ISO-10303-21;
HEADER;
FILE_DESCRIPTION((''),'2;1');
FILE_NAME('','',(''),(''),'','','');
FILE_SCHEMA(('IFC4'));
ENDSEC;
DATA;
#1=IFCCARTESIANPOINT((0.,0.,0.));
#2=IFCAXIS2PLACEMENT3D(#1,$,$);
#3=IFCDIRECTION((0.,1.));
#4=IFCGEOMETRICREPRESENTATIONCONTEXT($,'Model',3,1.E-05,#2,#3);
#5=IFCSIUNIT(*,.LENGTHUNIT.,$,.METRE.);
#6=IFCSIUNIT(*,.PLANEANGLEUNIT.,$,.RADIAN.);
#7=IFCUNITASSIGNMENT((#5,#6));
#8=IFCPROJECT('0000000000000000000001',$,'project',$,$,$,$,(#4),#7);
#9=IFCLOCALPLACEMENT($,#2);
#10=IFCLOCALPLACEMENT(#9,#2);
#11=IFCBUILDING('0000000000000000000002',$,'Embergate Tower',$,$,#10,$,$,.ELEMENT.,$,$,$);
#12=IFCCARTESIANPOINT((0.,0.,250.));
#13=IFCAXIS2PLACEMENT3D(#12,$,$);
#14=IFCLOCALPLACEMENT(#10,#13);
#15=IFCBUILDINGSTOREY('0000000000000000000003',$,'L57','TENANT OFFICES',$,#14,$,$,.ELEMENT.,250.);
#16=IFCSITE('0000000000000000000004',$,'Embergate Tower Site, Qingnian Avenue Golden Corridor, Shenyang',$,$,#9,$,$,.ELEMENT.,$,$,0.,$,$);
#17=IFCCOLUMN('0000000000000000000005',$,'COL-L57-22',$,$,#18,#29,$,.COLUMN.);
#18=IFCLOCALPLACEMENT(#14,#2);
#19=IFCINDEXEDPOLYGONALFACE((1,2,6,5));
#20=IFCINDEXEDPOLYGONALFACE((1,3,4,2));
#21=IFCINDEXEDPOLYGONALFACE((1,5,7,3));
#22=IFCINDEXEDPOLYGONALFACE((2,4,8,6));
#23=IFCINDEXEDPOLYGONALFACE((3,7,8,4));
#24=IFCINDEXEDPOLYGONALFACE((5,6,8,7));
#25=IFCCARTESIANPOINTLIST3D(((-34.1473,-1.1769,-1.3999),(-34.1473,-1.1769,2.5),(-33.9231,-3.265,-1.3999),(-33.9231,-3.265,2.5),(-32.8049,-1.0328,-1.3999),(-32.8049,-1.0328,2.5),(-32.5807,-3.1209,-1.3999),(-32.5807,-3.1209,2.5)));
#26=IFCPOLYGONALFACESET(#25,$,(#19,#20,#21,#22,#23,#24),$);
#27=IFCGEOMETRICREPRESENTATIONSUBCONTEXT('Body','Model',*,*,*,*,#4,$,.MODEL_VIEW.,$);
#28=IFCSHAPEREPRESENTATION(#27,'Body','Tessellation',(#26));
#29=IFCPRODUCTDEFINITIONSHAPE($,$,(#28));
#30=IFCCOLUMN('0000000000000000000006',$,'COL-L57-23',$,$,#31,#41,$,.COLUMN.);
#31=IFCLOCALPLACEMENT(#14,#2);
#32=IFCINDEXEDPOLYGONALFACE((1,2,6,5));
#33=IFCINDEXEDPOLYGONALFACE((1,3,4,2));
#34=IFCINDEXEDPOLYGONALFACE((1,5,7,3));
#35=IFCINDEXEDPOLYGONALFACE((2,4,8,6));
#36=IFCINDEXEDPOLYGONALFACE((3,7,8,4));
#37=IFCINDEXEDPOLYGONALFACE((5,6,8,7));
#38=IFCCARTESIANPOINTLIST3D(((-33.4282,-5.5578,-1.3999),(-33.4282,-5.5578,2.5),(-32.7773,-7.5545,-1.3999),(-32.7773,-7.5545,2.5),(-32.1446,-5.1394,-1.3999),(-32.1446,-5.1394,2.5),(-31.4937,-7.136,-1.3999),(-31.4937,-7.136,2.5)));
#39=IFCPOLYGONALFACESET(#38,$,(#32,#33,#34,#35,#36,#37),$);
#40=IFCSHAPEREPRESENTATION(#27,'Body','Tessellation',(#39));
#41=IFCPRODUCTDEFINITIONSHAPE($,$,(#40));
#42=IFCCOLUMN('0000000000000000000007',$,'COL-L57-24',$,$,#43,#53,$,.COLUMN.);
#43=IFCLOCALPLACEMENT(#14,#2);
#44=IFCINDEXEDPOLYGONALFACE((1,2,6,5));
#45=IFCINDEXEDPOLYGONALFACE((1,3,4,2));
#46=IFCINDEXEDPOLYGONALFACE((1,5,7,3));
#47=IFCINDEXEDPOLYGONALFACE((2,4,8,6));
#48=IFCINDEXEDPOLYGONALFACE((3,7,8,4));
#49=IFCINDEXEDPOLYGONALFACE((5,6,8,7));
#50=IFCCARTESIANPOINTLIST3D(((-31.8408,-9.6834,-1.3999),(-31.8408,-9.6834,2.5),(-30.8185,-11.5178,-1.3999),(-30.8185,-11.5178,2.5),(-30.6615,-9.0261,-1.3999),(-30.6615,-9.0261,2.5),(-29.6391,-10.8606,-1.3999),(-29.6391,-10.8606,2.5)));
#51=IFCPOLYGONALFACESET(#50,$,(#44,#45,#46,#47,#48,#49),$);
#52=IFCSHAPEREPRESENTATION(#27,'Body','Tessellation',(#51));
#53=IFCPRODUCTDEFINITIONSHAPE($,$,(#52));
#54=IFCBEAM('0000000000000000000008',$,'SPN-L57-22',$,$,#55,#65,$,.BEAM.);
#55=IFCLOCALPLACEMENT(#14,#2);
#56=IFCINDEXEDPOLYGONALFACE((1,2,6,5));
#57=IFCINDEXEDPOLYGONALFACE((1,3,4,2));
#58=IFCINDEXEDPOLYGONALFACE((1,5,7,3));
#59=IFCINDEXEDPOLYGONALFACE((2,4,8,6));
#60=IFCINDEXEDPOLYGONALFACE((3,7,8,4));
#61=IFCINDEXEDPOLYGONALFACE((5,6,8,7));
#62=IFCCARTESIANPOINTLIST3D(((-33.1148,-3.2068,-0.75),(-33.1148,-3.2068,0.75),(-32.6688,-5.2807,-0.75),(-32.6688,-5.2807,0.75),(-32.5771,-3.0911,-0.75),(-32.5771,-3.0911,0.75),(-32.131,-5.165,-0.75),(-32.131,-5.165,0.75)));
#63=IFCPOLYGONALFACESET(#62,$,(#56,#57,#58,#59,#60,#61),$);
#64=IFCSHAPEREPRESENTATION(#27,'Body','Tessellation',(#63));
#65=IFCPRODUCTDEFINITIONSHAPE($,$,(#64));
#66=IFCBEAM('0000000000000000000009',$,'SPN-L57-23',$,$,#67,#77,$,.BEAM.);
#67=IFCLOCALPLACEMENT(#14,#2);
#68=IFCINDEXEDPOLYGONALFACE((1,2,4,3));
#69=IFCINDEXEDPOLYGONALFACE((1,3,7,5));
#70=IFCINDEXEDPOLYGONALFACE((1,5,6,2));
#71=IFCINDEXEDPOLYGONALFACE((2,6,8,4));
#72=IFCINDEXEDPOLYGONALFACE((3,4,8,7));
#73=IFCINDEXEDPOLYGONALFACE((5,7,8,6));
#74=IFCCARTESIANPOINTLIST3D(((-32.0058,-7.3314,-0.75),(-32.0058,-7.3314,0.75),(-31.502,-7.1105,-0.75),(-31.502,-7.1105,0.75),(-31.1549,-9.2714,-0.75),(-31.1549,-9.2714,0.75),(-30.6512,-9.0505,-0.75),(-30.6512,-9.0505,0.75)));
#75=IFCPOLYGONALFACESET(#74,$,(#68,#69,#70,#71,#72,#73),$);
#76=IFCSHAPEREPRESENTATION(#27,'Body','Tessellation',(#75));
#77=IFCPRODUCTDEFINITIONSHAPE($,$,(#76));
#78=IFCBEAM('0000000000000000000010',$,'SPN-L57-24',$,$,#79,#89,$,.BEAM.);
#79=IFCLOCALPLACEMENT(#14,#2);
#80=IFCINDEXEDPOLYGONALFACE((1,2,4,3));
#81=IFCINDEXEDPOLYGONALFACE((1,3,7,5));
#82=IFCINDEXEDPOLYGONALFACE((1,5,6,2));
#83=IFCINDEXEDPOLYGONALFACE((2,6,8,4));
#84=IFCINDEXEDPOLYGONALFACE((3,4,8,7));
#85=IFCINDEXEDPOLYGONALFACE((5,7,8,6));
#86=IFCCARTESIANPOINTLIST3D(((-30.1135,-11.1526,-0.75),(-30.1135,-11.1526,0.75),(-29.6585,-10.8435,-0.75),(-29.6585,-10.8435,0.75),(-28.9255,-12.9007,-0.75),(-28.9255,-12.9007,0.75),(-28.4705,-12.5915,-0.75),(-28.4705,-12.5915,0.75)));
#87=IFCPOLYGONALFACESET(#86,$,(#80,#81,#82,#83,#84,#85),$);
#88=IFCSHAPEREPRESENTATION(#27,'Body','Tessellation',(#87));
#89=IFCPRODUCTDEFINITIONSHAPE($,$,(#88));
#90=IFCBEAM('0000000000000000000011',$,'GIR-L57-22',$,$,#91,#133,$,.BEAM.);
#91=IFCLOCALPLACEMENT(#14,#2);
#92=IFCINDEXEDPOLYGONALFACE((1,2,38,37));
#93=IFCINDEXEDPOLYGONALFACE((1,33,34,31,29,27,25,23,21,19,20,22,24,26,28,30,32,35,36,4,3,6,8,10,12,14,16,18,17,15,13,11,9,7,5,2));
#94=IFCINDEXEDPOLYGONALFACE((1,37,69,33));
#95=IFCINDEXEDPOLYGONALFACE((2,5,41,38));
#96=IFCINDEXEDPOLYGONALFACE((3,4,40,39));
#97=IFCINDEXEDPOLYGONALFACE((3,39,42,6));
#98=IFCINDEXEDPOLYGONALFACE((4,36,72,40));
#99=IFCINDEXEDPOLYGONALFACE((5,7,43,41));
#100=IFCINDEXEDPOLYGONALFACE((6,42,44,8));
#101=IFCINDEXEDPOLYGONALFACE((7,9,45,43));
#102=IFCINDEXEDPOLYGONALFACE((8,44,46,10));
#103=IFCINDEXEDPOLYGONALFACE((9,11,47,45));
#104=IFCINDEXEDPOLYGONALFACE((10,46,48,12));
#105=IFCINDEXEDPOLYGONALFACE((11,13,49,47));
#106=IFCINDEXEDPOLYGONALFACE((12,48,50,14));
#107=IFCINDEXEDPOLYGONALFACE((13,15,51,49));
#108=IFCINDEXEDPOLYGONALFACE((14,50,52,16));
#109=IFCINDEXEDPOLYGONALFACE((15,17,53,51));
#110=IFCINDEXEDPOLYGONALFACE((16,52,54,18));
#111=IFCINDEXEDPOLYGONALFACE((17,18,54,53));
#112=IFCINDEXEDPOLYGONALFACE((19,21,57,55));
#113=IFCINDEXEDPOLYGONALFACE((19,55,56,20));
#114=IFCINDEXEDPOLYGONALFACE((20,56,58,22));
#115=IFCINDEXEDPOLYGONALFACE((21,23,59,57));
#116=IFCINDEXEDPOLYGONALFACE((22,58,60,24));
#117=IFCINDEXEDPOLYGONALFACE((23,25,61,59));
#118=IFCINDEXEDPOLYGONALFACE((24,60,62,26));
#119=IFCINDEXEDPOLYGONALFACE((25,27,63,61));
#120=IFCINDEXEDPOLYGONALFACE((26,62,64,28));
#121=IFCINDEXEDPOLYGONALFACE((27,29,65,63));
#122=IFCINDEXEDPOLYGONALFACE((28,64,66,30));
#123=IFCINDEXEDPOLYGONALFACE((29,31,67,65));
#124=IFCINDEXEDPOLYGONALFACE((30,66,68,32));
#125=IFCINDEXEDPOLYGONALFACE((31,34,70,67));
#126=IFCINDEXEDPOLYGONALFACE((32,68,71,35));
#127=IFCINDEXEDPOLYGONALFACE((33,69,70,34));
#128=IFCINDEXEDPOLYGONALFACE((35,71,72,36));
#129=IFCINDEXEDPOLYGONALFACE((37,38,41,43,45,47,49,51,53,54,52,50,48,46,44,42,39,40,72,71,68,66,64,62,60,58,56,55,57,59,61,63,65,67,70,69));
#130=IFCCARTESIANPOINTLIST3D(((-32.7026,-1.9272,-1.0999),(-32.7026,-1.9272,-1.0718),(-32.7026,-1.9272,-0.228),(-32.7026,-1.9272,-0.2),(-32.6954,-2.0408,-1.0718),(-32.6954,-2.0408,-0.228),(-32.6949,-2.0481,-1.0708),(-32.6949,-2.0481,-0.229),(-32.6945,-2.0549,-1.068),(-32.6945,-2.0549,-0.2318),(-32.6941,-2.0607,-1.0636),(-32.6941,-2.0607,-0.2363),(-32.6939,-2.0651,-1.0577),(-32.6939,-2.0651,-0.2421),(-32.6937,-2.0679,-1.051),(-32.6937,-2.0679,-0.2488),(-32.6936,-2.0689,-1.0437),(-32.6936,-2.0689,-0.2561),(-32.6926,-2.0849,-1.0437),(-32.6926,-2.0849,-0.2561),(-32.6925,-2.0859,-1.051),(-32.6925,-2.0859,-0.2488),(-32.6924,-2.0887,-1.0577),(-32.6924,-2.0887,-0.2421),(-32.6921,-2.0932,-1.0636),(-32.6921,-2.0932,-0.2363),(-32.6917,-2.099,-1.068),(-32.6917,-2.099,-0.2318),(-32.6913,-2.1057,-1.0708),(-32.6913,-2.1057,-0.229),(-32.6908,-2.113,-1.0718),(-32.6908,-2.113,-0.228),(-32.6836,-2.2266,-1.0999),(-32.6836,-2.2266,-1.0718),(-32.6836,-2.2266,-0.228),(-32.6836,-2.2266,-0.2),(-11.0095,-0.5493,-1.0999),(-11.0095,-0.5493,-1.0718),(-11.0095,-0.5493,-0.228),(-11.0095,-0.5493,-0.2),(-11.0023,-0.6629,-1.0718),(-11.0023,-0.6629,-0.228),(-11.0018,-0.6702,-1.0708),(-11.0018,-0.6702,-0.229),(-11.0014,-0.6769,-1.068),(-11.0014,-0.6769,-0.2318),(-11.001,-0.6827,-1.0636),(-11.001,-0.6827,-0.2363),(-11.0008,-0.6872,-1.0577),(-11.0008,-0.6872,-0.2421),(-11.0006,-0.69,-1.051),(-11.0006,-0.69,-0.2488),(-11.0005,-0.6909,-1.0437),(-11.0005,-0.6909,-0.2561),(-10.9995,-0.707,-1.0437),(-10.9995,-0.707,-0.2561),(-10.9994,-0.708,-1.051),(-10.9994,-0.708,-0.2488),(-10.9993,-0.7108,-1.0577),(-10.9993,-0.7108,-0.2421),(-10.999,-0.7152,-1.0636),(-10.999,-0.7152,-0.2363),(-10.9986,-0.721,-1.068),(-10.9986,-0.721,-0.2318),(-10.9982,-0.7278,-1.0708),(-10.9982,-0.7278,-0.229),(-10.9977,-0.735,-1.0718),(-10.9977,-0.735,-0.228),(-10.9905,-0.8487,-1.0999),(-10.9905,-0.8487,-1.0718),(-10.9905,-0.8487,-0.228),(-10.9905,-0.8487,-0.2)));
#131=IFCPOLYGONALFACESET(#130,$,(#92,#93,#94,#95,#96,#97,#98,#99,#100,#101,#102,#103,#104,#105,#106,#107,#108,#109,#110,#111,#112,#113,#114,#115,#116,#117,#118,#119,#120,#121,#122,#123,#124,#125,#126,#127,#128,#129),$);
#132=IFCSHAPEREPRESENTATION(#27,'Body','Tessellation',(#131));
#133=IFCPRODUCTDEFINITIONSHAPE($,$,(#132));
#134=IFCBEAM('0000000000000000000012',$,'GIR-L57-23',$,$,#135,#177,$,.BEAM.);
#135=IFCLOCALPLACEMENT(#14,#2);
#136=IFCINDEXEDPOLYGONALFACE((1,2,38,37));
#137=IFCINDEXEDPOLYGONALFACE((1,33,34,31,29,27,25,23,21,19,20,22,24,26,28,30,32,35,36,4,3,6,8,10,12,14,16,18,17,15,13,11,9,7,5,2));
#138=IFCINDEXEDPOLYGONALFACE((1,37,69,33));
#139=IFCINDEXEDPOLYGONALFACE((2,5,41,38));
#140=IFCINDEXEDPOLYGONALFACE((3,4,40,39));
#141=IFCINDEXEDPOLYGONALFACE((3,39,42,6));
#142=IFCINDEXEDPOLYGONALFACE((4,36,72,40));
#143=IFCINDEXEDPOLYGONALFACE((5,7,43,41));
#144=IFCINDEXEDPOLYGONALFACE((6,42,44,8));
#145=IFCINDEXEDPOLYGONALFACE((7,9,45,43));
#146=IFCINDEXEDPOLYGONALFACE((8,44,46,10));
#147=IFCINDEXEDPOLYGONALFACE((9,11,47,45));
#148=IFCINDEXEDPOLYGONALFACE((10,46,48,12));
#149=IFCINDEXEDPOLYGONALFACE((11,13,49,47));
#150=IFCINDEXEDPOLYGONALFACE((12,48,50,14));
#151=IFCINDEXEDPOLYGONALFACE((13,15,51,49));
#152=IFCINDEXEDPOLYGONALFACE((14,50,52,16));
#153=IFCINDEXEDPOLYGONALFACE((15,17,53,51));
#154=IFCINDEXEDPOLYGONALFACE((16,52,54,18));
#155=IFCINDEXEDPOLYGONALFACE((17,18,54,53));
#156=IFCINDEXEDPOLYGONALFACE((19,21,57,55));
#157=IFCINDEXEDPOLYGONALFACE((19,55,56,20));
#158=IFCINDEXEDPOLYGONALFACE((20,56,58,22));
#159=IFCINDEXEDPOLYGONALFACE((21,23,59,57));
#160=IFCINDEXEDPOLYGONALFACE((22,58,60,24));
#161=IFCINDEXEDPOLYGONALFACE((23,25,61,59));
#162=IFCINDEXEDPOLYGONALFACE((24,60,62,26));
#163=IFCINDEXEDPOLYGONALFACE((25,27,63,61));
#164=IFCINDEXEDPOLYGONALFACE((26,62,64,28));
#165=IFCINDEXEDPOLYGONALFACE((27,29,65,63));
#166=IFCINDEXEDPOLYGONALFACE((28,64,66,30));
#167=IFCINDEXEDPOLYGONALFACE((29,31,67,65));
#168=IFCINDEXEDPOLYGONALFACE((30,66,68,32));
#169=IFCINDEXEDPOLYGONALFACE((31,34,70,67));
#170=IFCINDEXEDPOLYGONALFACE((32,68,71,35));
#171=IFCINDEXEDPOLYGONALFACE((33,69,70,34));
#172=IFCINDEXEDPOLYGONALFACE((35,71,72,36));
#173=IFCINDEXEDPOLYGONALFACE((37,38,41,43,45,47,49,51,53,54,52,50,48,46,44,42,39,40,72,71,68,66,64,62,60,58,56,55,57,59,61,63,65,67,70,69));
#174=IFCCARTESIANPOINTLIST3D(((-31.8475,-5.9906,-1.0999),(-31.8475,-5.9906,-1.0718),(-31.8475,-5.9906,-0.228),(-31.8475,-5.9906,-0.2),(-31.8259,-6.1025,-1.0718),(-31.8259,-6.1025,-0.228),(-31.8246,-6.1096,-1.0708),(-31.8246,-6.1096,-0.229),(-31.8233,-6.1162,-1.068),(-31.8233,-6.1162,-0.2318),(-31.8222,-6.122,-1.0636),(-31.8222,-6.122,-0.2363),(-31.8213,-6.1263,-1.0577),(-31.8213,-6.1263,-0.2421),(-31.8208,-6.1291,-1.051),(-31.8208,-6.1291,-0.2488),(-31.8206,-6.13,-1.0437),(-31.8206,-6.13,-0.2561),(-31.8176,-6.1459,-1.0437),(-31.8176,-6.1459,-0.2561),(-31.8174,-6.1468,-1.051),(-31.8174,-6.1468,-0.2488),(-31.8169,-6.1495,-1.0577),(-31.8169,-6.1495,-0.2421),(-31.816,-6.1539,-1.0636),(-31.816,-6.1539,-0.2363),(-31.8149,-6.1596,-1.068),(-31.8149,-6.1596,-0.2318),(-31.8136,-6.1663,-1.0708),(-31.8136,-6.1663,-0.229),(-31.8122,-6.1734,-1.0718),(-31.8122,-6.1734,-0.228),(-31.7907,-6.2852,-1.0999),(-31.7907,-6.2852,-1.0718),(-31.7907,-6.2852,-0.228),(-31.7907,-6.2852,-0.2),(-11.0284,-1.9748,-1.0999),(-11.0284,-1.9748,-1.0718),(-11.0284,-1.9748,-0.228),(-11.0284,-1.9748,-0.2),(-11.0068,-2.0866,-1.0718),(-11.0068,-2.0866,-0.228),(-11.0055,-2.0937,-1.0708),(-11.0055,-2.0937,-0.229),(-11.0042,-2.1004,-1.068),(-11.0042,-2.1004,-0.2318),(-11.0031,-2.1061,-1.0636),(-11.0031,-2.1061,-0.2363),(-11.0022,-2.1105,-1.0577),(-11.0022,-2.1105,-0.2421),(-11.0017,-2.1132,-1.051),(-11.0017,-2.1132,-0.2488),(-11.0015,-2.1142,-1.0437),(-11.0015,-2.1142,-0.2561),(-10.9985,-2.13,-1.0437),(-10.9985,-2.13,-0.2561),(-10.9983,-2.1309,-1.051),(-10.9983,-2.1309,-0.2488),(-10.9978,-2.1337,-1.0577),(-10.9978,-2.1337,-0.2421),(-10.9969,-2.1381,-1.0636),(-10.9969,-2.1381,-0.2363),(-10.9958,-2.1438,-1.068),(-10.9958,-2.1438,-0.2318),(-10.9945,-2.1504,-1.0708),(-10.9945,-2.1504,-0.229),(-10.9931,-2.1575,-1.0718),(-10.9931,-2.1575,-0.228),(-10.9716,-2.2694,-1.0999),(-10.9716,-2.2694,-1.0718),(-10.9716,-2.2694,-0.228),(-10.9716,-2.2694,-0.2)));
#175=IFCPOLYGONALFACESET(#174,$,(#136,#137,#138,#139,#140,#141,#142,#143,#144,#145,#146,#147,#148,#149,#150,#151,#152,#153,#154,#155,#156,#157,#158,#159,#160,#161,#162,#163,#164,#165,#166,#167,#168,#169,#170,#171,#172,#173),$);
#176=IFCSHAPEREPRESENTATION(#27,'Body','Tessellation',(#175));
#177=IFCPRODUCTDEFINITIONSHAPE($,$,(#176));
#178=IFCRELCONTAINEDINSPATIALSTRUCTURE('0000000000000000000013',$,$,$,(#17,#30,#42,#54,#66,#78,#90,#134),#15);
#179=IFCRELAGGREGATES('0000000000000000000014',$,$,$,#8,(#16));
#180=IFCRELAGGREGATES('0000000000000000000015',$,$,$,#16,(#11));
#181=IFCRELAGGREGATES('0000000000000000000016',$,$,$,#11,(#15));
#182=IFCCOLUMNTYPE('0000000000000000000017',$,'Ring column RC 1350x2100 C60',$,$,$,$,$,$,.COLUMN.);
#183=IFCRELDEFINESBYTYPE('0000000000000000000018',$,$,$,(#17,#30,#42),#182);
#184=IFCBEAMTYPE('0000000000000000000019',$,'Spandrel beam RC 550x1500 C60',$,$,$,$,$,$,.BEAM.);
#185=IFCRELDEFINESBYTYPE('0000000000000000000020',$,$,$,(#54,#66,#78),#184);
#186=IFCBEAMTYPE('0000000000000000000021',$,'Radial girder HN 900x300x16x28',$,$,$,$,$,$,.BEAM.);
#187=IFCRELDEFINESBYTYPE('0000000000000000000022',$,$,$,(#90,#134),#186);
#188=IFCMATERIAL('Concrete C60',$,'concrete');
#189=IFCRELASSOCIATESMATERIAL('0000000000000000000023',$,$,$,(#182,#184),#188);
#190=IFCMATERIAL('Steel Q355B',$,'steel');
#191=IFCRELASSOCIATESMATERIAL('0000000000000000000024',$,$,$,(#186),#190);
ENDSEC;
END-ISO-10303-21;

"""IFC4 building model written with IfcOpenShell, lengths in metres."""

from ifc_helpers import new_model, si_unit, direction, frame, origin, origin_2d, place, context, subcontext, project, spatial, rectangle, i_section, extrude, source, transform, mapped, material, material_profile, profile_set, type_object, element, save


model = new_model("IFC4")

# Units and contexts
model_context = context("Model", 3, precision=1e-05, world=origin(), true_north=direction((0.0, 1.0)))
body_context = subcontext(model_context, "Body", "Model", "MODEL_VIEW")
ifc_project = project(units=[si_unit("LENGTHUNIT", "METRE"), si_unit("PLANEANGLEUNIT", "RADIAN")], contexts=[model_context])

# Site, building, storey
site_placement = place(None, origin())
site = spatial("IfcSite", under=ifc_project, at=site_placement, Name="Embergate Tower Site, Qingnian Avenue Golden Corridor, Shenyang", CompositionType="ELEMENT", RefElevation=0.0)
building_placement = place(site_placement, origin())
building = spatial("IfcBuilding", under=site, at=building_placement, Name="Embergate Tower", CompositionType="ELEMENT")
storey_placement = place(building_placement, frame((0.0, 0.0, 250.0)))
storey = spatial("IfcBuildingStorey", under=building, at=storey_placement, Name="L57", Description="TENANT OFFICES", CompositionType="ELEMENT", Elevation=250.0)

# Columns
ifc_material_1 = material(Name="Concrete C60", Category="concrete")
ifc_material_profile_1 = material_profile(ifc_material_1, rectangle(XDim=1.3501, YDim=2.1001, at=origin_2d()), Name="RC 1350x2100")
ifc_profile_set_1 = profile_set([ifc_material_profile_1], Name="Concrete C60")
column_type = type_object("IfcColumnType", Name="Ring column RC 1350x2100 C60", PredefinedType="COLUMN", material=ifc_profile_set_1)
shared_shape_1 = source(origin(), body_context, "Body", "SweptSolid", [
    extrude(rectangle(XDim=1.3501, YDim=2.1001, at=origin_2d()), origin(), (0.0, 0.0, 1.0), 3.8999),
])
for number, where, z_axis, x_axis, name in (
    (1, (-33.364, -2.1489, -1.3999), (0.0, 0.0, 1.0), (-0.994286, -0.10675, 0.0), "COL-L57-22"),
    (2, (-32.4609, -6.3469, -1.3999), (0.0, 0.0, 1.0), (-0.950754, -0.309946, 0.0), "COL-L57-23"),
    (3, (-30.74, -10.272, -1.3999), (0.0, 0.0, 1.0), (-0.8735, -0.486823, 0.0), "COL-L57-24"),
):
    element("IfcColumn", number, at=place(storey_placement, frame(where, z_axis=z_axis, x_axis=x_axis)), inside=storey, type_object=column_type, Name=name, PredefinedType="COLUMN", context=body_context, shape_type="MappedRepresentation", body=[
        mapped(shared_shape_1, transform((0.0, 0.0, 0.0))),
    ])

# Beams
ifc_material_profile_2 = material_profile(ifc_material_1, rectangle(XDim=0.55, YDim=1.5, at=origin_2d()), Name="RC 550x1500")
ifc_profile_set_2 = profile_set([ifc_material_profile_2], Name="Concrete C60")
beam_type_1 = type_object("IfcBeamType", Name="Spandrel beam RC 550x1500 C60", PredefinedType="BEAM", material=ifc_profile_set_2)
shared_shape_2 = source(origin(), body_context, "Body", "SweptSolid", [
    extrude(rectangle(XDim=0.55, YDim=1.5, at=origin_2d()), origin(), (0.0, 0.0, 1.0), 2.1213),
])
beam_1_placement = place(storey_placement, frame((-32.8459, -3.1489, 0.0), z_axis=(0.21026, -0.977646, 0.0), x_axis=(0.977646, 0.21026, 0.0)))
element("IfcBeam", 4, at=beam_1_placement, inside=storey, type_object=beam_type_1, Name="SPN-L57-22", PredefinedType="BEAM", context=body_context, shape_type="MappedRepresentation", body=[
    mapped(shared_shape_2, transform((0.0, 0.0, 0.0))),
])
shared_shape_3 = source(origin(), body_context, "Body", "SweptSolid", [
    extrude(rectangle(XDim=0.55, YDim=1.5, at=origin_2d()), origin(), (0.0, 0.0, 1.0), 2.1184),
])
beam_2_placement = place(storey_placement, frame((-31.7539, -7.2209, 0.0), z_axis=(0.401653, -0.915792, 0.0), x_axis=(0.915792, 0.401653, 0.0)))
element("IfcBeam", 5, at=beam_2_placement, inside=storey, type_object=beam_type_1, Name="SPN-L57-23", PredefinedType="BEAM", context=body_context, shape_type="MappedRepresentation", body=[
    mapped(shared_shape_3, transform((0.0, 0.0, 0.0))),
])
shared_shape_4 = source(origin(), body_context, "Body", "SweptSolid", [
    extrude(rectangle(XDim=0.55, YDim=1.5, at=origin_2d()), origin(), (0.0, 0.0, 1.0), 2.1135),
])
beam_3_placement = place(storey_placement, frame((-29.886, -10.998, 0.0), z_axis=(0.562089, -0.827077, 0.0), x_axis=(0.827077, 0.562089, 0.0)))
element("IfcBeam", 6, at=beam_3_placement, inside=storey, type_object=beam_type_1, Name="SPN-L57-24", PredefinedType="BEAM", context=body_context, shape_type="MappedRepresentation", body=[
    mapped(shared_shape_4, transform((0.0, 0.0, 0.0))),
])
ifc_material_2 = material(Name="Steel Q355B", Category="steel")
ifc_material_profile_3 = material_profile(ifc_material_2, i_section(OverallWidth=0.3, OverallDepth=0.8999, WebThickness=0.0161, FlangeThickness=0.0281, FilletRadius=0.0281, at=origin_2d()), Name="HN 900x300x16x28")
ifc_profile_set_3 = profile_set([ifc_material_profile_3], Name="Steel Q355 grade B")
beam_type_2 = type_object("IfcBeamType", Name="Radial girder HN 900x300x16x28", PredefinedType="BEAM", material=ifc_profile_set_3)
shared_shape_5 = source(origin(), body_context, "Body", "SweptSolid", [
    extrude(i_section(OverallWidth=0.3, OverallDepth=0.8999, WebThickness=0.0161, FlangeThickness=0.0281, FilletRadius=0.0281, at=origin_2d()), origin(), (0.0, 0.0, 1.0), 21.7368),
])
beam_4_placement = place(storey_placement, frame((-32.6931, -2.0769, -0.6499), z_axis=(0.997989, 0.063391, 0.0), x_axis=(-0.063391, 0.997989, 0.0)))
element("IfcBeam", 7, at=beam_4_placement, inside=storey, type_object=beam_type_2, Name="GIR-L57-22", PredefinedType="BEAM", context=body_context, shape_type="MappedRepresentation", body=[
    mapped(shared_shape_5, transform((0.0, 0.0, 0.0))),
])
shared_shape_6 = source(origin(), body_context, "Body", "SweptSolid", [
    extrude(i_section(OverallWidth=0.3, OverallDepth=0.8999, WebThickness=0.0161, FlangeThickness=0.0281, FilletRadius=0.0281, at=origin_2d()), origin(), (0.0, 0.0, 1.0), 21.2029),
])
beam_5_placement = place(storey_placement, frame((-31.8191, -6.1379, -0.6499), z_axis=(0.9819, 0.189402, 0.0), x_axis=(-0.189402, 0.9819, 0.0)))
element("IfcBeam", 8, at=beam_5_placement, inside=storey, type_object=beam_type_2, Name="GIR-L57-23", PredefinedType="BEAM", context=body_context, shape_type="MappedRepresentation", body=[
    mapped(shared_shape_6, transform((0.0, 0.0, 0.0))),
])

save(model, "model.ifc")
